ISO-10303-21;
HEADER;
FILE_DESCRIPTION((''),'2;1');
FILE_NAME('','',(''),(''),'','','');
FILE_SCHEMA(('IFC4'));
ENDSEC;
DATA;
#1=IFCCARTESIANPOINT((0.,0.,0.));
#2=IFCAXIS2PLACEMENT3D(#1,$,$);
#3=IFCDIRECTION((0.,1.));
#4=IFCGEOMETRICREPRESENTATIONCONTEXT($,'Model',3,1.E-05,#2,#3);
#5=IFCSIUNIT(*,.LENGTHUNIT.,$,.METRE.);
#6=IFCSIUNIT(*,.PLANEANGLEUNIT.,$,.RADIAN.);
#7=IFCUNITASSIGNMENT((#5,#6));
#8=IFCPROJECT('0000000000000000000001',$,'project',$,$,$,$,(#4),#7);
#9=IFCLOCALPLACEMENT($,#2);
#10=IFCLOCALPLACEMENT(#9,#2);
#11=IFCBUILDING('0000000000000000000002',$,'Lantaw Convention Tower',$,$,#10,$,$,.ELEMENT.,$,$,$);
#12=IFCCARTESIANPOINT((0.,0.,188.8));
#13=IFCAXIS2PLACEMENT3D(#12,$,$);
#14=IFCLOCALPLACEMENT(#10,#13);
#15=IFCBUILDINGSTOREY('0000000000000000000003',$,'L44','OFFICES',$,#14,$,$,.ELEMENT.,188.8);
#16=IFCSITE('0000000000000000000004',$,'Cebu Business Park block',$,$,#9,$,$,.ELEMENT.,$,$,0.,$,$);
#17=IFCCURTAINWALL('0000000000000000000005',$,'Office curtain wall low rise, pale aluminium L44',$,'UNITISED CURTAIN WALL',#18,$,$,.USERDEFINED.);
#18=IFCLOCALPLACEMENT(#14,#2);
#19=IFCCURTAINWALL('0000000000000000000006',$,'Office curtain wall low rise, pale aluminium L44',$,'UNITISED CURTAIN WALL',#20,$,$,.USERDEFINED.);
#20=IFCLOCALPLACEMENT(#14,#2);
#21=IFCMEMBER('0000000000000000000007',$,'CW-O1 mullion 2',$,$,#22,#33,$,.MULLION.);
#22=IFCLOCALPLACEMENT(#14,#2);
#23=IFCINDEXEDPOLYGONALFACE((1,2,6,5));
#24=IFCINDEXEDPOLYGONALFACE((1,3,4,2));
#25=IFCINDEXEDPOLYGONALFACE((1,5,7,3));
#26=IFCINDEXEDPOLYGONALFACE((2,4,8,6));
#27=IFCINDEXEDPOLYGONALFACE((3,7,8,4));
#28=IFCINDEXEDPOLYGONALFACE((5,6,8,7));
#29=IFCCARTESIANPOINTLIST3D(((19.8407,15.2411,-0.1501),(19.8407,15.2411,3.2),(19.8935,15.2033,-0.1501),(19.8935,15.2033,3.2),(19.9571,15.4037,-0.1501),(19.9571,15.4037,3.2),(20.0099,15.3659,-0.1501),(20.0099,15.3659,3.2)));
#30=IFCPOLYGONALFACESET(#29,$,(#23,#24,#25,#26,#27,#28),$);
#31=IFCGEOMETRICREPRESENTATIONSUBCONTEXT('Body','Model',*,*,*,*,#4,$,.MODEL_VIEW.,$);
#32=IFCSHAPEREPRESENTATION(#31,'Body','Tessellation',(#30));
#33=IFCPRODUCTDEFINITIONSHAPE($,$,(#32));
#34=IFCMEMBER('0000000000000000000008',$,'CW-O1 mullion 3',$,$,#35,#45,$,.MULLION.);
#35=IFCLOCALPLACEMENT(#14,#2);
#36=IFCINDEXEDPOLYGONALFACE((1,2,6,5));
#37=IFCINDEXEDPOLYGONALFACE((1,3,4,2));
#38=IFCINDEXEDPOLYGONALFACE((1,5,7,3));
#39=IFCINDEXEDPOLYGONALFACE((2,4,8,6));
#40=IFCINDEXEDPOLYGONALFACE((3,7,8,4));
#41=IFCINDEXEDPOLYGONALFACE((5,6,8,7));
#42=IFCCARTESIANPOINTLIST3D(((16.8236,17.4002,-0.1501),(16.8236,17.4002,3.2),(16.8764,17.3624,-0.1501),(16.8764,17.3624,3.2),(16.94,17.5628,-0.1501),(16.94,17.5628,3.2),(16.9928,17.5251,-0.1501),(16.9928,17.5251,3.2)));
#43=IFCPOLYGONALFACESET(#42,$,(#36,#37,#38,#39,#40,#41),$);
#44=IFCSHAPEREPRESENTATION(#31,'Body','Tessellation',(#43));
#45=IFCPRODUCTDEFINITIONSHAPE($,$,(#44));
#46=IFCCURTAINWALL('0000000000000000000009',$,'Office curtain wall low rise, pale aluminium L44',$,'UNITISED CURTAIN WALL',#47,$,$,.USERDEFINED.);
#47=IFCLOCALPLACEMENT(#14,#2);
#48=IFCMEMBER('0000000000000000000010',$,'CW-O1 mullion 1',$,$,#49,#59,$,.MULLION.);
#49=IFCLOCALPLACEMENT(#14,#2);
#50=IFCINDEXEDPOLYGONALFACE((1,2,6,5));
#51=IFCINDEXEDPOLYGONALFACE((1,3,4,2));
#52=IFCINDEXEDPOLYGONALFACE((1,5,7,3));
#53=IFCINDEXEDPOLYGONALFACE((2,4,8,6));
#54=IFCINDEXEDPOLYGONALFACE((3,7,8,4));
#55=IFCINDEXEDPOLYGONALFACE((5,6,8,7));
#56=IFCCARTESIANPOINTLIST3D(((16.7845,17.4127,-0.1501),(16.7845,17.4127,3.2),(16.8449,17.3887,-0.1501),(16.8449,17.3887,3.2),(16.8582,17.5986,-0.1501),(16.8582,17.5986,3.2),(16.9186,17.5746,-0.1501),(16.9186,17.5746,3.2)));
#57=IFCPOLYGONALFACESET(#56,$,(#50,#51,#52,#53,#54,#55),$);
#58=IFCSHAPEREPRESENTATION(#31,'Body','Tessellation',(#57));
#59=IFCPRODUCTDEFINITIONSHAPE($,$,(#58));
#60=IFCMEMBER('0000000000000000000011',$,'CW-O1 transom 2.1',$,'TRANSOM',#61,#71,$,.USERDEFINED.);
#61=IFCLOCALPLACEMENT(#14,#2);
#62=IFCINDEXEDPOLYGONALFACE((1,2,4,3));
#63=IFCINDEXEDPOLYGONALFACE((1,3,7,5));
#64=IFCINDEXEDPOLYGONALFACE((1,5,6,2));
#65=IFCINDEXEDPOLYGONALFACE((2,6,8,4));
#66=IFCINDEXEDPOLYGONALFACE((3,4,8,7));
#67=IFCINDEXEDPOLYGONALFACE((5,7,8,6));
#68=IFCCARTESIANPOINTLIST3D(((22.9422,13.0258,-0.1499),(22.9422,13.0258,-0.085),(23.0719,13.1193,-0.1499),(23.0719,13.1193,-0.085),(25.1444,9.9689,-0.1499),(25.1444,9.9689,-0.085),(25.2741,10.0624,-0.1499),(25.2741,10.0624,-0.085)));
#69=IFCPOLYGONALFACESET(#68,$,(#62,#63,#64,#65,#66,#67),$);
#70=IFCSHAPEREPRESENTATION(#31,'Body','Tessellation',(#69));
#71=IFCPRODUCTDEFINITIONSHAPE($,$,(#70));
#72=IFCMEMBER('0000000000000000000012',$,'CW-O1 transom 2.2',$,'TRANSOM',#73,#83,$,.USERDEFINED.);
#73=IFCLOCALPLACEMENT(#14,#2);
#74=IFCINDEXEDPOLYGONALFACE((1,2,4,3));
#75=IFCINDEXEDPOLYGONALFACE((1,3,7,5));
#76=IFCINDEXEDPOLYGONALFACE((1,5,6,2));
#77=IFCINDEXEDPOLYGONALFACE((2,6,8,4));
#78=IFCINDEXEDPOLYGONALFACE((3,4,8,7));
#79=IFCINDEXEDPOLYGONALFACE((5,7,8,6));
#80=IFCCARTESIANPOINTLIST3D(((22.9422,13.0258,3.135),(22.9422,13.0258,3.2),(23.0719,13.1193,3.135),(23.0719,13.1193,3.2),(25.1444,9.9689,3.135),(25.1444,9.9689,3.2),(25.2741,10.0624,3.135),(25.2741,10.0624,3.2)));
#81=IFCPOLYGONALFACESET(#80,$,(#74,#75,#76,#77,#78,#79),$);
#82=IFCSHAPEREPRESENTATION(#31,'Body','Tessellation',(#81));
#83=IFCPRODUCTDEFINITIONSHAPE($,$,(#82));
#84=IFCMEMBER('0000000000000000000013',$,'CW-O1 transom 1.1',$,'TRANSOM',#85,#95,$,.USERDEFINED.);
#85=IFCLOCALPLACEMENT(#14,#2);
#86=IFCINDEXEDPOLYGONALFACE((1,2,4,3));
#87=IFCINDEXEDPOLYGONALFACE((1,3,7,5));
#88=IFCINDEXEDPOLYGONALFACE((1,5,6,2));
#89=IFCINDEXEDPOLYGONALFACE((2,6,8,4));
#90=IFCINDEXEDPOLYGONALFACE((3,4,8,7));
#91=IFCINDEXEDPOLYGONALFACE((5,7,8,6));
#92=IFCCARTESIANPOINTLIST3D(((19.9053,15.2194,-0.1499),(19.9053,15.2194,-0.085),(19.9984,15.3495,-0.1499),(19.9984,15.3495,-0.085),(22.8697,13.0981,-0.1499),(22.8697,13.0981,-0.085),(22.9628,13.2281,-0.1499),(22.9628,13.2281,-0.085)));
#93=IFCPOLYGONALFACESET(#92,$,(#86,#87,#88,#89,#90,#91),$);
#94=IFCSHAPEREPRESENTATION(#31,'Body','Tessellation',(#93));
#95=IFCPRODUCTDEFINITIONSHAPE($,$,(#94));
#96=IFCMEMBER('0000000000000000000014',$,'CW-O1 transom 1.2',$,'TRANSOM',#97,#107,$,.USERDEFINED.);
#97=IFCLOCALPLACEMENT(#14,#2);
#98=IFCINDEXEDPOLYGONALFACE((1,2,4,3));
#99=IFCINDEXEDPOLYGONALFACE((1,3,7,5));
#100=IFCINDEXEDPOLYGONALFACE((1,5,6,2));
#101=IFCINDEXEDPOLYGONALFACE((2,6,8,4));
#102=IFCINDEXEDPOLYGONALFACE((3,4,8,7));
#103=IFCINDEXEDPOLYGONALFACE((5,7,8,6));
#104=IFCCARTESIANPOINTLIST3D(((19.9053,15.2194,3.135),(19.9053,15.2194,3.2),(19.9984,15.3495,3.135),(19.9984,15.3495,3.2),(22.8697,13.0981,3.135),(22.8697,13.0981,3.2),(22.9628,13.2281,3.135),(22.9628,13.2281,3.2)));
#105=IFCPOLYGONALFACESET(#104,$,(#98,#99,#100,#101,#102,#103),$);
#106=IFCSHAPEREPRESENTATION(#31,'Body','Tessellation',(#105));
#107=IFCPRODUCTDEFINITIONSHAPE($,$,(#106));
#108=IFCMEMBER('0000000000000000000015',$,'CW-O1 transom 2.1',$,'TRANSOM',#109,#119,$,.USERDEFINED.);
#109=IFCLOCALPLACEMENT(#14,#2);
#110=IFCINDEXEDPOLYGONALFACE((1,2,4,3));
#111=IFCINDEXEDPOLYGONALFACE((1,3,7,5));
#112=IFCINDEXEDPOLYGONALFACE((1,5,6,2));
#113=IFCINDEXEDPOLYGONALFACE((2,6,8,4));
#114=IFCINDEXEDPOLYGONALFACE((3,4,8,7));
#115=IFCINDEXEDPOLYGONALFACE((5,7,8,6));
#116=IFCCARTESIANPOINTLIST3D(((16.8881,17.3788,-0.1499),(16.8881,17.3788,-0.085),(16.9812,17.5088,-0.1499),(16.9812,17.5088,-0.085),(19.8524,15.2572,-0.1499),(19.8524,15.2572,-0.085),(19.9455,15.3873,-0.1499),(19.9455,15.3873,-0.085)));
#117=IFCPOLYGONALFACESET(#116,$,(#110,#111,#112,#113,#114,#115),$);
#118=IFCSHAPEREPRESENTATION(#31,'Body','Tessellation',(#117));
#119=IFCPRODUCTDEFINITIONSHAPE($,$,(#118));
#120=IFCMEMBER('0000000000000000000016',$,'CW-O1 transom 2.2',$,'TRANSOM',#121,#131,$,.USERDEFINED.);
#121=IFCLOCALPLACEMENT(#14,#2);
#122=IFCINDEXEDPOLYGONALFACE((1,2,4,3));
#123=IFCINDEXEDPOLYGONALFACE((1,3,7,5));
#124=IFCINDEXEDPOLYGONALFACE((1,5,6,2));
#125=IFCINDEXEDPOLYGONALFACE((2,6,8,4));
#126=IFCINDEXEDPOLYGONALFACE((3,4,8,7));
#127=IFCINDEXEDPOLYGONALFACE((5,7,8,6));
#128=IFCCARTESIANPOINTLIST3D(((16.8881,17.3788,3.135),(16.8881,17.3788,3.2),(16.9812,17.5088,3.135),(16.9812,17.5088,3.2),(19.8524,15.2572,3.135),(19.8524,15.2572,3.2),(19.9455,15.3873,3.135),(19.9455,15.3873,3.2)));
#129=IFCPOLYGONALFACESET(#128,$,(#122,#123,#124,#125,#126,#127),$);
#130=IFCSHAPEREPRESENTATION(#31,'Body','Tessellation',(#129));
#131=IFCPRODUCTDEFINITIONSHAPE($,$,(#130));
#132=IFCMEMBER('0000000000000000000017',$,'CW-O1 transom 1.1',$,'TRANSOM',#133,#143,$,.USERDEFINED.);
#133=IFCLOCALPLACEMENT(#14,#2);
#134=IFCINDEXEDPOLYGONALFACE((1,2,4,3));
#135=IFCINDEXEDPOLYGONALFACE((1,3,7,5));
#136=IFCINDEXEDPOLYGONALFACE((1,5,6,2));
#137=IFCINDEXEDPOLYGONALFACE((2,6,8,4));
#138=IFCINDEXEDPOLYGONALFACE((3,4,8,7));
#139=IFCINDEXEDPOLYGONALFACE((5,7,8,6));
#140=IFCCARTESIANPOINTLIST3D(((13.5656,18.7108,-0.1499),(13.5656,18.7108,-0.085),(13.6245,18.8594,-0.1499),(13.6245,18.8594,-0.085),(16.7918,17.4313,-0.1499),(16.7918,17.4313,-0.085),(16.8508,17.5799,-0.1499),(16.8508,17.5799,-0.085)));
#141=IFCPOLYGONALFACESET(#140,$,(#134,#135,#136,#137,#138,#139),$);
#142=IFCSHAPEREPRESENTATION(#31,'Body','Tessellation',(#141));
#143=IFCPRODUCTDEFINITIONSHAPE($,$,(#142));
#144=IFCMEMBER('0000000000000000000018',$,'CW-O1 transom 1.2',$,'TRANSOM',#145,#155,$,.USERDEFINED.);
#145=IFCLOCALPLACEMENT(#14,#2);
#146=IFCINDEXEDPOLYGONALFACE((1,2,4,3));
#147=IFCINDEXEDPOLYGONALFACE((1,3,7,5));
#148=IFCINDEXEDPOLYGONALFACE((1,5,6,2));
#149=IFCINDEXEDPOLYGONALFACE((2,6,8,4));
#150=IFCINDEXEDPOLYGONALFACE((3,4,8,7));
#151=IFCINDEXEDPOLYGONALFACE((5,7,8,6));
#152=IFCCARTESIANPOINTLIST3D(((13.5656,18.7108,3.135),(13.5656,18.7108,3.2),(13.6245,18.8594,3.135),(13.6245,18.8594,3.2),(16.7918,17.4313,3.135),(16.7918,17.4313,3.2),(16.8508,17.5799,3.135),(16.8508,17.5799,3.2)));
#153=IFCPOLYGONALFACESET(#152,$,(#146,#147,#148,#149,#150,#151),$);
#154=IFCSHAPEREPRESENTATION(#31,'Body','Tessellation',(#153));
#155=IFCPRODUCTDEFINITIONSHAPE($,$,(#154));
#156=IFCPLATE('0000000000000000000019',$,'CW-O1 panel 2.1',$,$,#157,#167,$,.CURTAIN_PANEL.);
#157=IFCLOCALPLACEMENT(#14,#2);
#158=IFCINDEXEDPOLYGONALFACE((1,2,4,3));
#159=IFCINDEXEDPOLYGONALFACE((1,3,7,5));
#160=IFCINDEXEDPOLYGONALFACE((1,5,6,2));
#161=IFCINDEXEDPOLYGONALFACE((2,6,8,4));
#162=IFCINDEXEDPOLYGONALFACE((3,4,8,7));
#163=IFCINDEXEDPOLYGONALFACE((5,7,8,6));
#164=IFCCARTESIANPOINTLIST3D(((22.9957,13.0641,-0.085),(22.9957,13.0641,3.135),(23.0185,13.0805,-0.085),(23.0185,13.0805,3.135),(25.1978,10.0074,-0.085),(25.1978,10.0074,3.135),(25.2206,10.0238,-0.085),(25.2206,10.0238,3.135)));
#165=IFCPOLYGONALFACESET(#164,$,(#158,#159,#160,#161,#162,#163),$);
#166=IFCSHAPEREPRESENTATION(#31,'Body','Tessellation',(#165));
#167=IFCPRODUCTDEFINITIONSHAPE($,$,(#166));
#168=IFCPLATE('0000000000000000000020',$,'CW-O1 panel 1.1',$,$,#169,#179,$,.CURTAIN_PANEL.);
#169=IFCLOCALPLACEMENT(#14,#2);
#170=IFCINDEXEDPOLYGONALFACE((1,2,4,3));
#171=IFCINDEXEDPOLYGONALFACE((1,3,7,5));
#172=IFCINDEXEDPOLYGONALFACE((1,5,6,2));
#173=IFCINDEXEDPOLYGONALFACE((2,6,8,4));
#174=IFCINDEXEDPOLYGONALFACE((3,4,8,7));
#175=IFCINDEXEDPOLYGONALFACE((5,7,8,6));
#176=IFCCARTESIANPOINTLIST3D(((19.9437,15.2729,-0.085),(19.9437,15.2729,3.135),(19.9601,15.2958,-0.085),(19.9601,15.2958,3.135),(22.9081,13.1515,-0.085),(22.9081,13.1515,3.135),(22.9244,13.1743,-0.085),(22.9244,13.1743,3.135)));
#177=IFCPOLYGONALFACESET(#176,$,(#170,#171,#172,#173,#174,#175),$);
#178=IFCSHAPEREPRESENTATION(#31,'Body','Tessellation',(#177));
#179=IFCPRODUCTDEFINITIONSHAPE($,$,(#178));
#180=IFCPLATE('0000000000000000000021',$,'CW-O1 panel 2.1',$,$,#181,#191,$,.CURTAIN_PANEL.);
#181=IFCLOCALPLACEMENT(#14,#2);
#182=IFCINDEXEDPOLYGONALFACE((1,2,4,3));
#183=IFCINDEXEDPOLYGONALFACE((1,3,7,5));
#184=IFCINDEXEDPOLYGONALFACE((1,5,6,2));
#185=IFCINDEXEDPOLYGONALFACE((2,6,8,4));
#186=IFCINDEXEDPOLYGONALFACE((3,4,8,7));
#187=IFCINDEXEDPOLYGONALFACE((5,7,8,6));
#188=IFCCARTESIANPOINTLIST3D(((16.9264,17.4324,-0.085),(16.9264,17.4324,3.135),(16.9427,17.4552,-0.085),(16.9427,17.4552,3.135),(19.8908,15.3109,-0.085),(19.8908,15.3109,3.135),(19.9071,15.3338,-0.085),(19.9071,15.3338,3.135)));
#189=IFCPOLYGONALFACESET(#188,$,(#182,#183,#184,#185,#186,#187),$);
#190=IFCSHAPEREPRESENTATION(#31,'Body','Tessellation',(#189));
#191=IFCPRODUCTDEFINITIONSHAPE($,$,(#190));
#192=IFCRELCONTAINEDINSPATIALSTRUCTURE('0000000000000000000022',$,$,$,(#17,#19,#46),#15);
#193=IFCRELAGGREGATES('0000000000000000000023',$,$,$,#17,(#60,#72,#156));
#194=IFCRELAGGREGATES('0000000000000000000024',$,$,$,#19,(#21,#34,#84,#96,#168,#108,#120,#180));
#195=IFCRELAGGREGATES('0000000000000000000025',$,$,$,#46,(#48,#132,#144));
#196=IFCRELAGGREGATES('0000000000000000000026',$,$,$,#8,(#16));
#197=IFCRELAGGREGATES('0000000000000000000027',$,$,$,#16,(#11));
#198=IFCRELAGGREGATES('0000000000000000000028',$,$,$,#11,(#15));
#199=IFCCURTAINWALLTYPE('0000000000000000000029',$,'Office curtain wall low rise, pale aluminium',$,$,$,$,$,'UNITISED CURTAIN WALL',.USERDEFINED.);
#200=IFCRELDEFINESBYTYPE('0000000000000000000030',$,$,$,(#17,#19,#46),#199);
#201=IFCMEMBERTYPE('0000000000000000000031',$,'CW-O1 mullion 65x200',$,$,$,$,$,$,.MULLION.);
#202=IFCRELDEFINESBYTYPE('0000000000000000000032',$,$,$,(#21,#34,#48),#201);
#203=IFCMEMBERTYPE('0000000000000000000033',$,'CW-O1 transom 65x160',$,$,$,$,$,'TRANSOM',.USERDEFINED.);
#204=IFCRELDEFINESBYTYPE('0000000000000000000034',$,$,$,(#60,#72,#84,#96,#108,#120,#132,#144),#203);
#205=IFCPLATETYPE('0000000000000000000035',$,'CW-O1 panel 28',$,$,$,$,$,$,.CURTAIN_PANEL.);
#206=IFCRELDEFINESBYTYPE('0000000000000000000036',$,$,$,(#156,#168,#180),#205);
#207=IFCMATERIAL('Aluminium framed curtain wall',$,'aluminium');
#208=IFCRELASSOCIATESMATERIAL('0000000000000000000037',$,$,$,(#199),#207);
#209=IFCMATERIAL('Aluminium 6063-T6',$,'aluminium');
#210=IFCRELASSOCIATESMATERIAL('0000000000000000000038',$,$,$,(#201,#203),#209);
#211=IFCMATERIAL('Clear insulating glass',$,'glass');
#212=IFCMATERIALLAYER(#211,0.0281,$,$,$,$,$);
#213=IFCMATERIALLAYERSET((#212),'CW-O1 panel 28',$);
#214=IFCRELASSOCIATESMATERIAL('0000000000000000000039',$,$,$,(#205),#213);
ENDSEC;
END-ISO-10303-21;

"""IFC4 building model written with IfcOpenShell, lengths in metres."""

from ifc_helpers import new_model, si_unit, direction, frame, origin, origin_2d, place, context, subcontext, project, spatial, rectangle, extrude, material, layer, layer_set, material_profile, profile_set, type_object, element, aggregate, save


model = new_model("IFC4")

# Units and contexts
model_context = context("Model", 3, precision=1e-05, world=origin(), true_north=direction((0.0, 1.0)))
body_context = subcontext(model_context, "Body", "Model", "MODEL_VIEW")
ifc_project = project(units=[si_unit("LENGTHUNIT", "METRE"), si_unit("PLANEANGLEUNIT", "RADIAN")], contexts=[model_context])

# Site, building, storey
site_placement = place(None, origin())
site = spatial("IfcSite", under=ifc_project, at=site_placement, Name="Cebu Business Park block", CompositionType="ELEMENT", RefElevation=0.0)
building_placement = place(site_placement, origin())
building = spatial("IfcBuilding", under=site, at=building_placement, Name="Lantaw Convention Tower", CompositionType="ELEMENT")
storey_placement = place(building_placement, frame((0.0, 0.0, 188.8)))
storey = spatial("IfcBuildingStorey", under=building, at=storey_placement, Name="L44", Description="OFFICES", CompositionType="ELEMENT", Elevation=188.8)

# Curtain walls, members
ifc_material_1 = material(Name="Aluminium framed curtain wall", Category="aluminium")
curtain_wall_type = type_object("IfcCurtainWallType", Name="Office curtain wall low rise, pale aluminium", ElementType="UNITISED CURTAIN WALL", PredefinedType="USERDEFINED", material=ifc_material_1)
curtain_wall_1_placement = place(storey_placement, origin())
curtain_wall_1 = element("IfcCurtainWall", 1, at=curtain_wall_1_placement, inside=storey, type_object=curtain_wall_type, Name="Office curtain wall low rise, pale aluminium L44", ObjectType="UNITISED CURTAIN WALL", PredefinedType="USERDEFINED")
ifc_material_2 = material(Name="Aluminium 6063-T6", Category="aluminium")
ifc_material_profile_1 = material_profile(ifc_material_2, rectangle(XDim=0.2, YDim=0.0649, at=origin_2d()), Name="CW-O1 mullion 65x200")
ifc_profile_set_1 = profile_set([ifc_material_profile_1], Name="Aluminium 6063-T6")
member_type_1 = type_object("IfcMemberType", Name="CW-O1 mullion 65x200", PredefinedType="MULLION", material=ifc_profile_set_1)
curtain_wall_2_placement = place(storey_placement, origin())
curtain_wall_2 = element("IfcCurtainWall", 2, at=curtain_wall_2_placement, inside=storey, type_object=curtain_wall_type, Name="Office curtain wall low rise, pale aluminium L44", ObjectType="UNITISED CURTAIN WALL", PredefinedType="USERDEFINED")
member_1_placement = place(storey_placement, frame((19.9253, 15.3035, -0.1501), z_axis=(0.0, 0.0, 1.0), x_axis=(-0.581973, -0.813208, 0.0)))
member_1 = element("IfcMember", 3, at=member_1_placement, type_object=member_type_1, Name="CW-O1 mullion 2", PredefinedType="MULLION", context=body_context, shape_type="SweptSolid", body=[
    extrude(rectangle(XDim=0.2, YDim=0.0649, at=origin_2d()), origin(), (0.0, 0.0, 1.0), 3.3501),
])
member_2_placement = place(storey_placement, frame((16.9082, 17.4626, -0.1501), z_axis=(0.0, 0.0, 1.0), x_axis=(-0.581973, -0.813208, 0.0)))
member_2 = element("IfcMember", 4, at=member_2_placement, type_object=member_type_1, Name="CW-O1 mullion 3", PredefinedType="MULLION", context=body_context, shape_type="SweptSolid", body=[
    extrude(rectangle(XDim=0.2, YDim=0.0649, at=origin_2d()), origin(), (0.0, 0.0, 1.0), 3.3501),
])

# Curtain wall, member
curtain_wall_3_placement = place(storey_placement, origin())
curtain_wall_3 = element("IfcCurtainWall", 5, at=curtain_wall_3_placement, inside=storey, type_object=curtain_wall_type, Name="Office curtain wall low rise, pale aluminium L44", ObjectType="UNITISED CURTAIN WALL", PredefinedType="USERDEFINED")
member_3_placement = place(storey_placement, frame((16.8516, 17.4937, -0.1501), z_axis=(0.0, 0.0, 1.0), x_axis=(-0.368702, -0.929548, 0.0)))
member_3 = element("IfcMember", 6, at=member_3_placement, type_object=member_type_1, Name="CW-O1 mullion 1", PredefinedType="MULLION", context=body_context, shape_type="SweptSolid", body=[
    extrude(rectangle(XDim=0.2, YDim=0.0649, at=origin_2d()), origin(), (0.0, 0.0, 1.0), 3.3501),
])

# Members
ifc_material_profile_2 = material_profile(ifc_material_2, rectangle(XDim=0.1599, YDim=0.0649, at=origin_2d()), Name="CW-O1 transom 65x160")
ifc_profile_set_2 = profile_set([ifc_material_profile_2], Name="Aluminium 6063-T6")
member_type_2 = type_object("IfcMemberType", Name="CW-O1 transom 65x160", ElementType="TRANSOM", PredefinedType="USERDEFINED", material=ifc_profile_set_2)
member_4_placement = place(storey_placement, frame((25.2092, 10.0156, -0.1174), z_axis=(-0.584513, 0.811384, 0.0), x_axis=(-0.811384, -0.584513, 0.0)))
member_4 = element("IfcMember", 7, at=member_4_placement, type_object=member_type_2, Name="CW-O1 transom 2.1", ObjectType="TRANSOM", PredefinedType="USERDEFINED", context=body_context, shape_type="SweptSolid", body=[
    extrude(rectangle(XDim=0.1599, YDim=0.0649, at=origin_2d()), origin(), (0.0, 0.0, 1.0), 3.7676),
])
member_5_placement = place(storey_placement, frame((25.2092, 10.0156, 3.1675), z_axis=(-0.584513, 0.811384, 0.0), x_axis=(-0.811384, -0.584513, 0.0)))
member_5 = element("IfcMember", 8, at=member_5_placement, type_object=member_type_2, Name="CW-O1 transom 2.2", ObjectType="TRANSOM", PredefinedType="USERDEFINED", context=body_context, shape_type="SweptSolid", body=[
    extrude(rectangle(XDim=0.1599, YDim=0.0649, at=origin_2d()), origin(), (0.0, 0.0, 1.0), 3.7676),
])
member_6_placement = place(storey_placement, frame((22.9163, 13.1631, -0.1174), z_axis=(-0.813222, 0.581954, 0.0), x_axis=(-0.581954, -0.813222, 0.0)))
member_6 = element("IfcMember", 9, at=member_6_placement, type_object=member_type_2, Name="CW-O1 transom 1.1", ObjectType="TRANSOM", PredefinedType="USERDEFINED", context=body_context, shape_type="SweptSolid", body=[
    extrude(rectangle(XDim=0.1599, YDim=0.0649, at=origin_2d()), origin(), (0.0, 0.0, 1.0), 3.6453),
])
member_7_placement = place(storey_placement, frame((22.9163, 13.1631, 3.1675), z_axis=(-0.813222, 0.581954, 0.0), x_axis=(-0.581954, -0.813222, 0.0)))
member_7 = element("IfcMember", 10, at=member_7_placement, type_object=member_type_2, Name="CW-O1 transom 1.2", ObjectType="TRANSOM", PredefinedType="USERDEFINED", context=body_context, shape_type="SweptSolid", body=[
    extrude(rectangle(XDim=0.1599, YDim=0.0649, at=origin_2d()), origin(), (0.0, 0.0, 1.0), 3.6453),
])
member_8_placement = place(storey_placement, frame((19.8989, 15.3223, -0.1174), z_axis=(-0.81319, 0.581998, 0.0), x_axis=(-0.581998, -0.81319, 0.0)))
member_8 = element("IfcMember", 11, at=member_8_placement, type_object=member_type_2, Name="CW-O1 transom 2.1", ObjectType="TRANSOM", PredefinedType="USERDEFINED", context=body_context, shape_type="SweptSolid", body=[
    extrude(rectangle(XDim=0.1599, YDim=0.0649, at=origin_2d()), origin(), (0.0, 0.0, 1.0), 3.6453),
])
member_9_placement = place(storey_placement, frame((19.8989, 15.3223, 3.1675), z_axis=(-0.81319, 0.581998, 0.0), x_axis=(-0.581998, -0.81319, 0.0)))
member_9 = element("IfcMember", 12, at=member_9_placement, type_object=member_type_2, Name="CW-O1 transom 2.2", ObjectType="TRANSOM", PredefinedType="USERDEFINED", context=body_context, shape_type="SweptSolid", body=[
    extrude(rectangle(XDim=0.1599, YDim=0.0649, at=origin_2d()), origin(), (0.0, 0.0, 1.0), 3.6453),
])
member_10_placement = place(storey_placement, frame((16.8213, 17.5056, -0.1174), z_axis=(-0.929564, 0.36866, 0.0), x_axis=(-0.36866, -0.929564, 0.0)))
member_10 = element("IfcMember", 13, at=member_10_placement, type_object=member_type_2, Name="CW-O1 transom 1.1", ObjectType="TRANSOM", PredefinedType="USERDEFINED", context=body_context, shape_type="SweptSolid", body=[
    extrude(rectangle(XDim=0.1599, YDim=0.0649, at=origin_2d()), origin(), (0.0, 0.0, 1.0), 3.4707),
])
member_11_placement = place(storey_placement, frame((16.8213, 17.5056, 3.1675), z_axis=(-0.929564, 0.36866, 0.0), x_axis=(-0.36866, -0.929564, 0.0)))
member_11 = element("IfcMember", 14, at=member_11_placement, type_object=member_type_2, Name="CW-O1 transom 1.2", ObjectType="TRANSOM", PredefinedType="USERDEFINED", context=body_context, shape_type="SweptSolid", body=[
    extrude(rectangle(XDim=0.1599, YDim=0.0649, at=origin_2d()), origin(), (0.0, 0.0, 1.0), 3.4707),
])

# Plates
ifc_material_3 = material(Name="Clear insulating glass", Category="glass")
ifc_layer_1 = layer(ifc_material_3, 0.0281)
ifc_layer_set_1 = layer_set([ifc_layer_1], Name="CW-O1 panel 28")
plate_type_1 = type_object("IfcPlateType", Name="CW-O1 panel 28", PredefinedType="CURTAIN_PANEL", material=ifc_layer_set_1)
plate_1_placement = place(storey_placement, frame((24.1082, 11.5439, -0.085), z_axis=(0.0, 0.0, 1.0), x_axis=(-0.584513, 0.811385, 0.0)))
plate_1 = element("IfcPlate", 15, at=plate_1_placement, type_object=plate_type_1, Name="CW-O1 panel 2.1", PredefinedType="CURTAIN_PANEL", context=body_context, shape_type="SweptSolid", body=[
    extrude(rectangle(XDim=3.7673, YDim=0.0281, at=origin_2d()), origin(), (0.0, 0.0, 1.0), 3.22),
])
aggregate(curtain_wall_1, [member_4, member_5, plate_1])
plate_2_placement = place(storey_placement, frame((21.4341, 14.2236, -0.085), z_axis=(0.0, 0.0, 1.0), x_axis=(-0.813208, 0.581973, 0.0)))
plate_2 = element("IfcPlate", 16, at=plate_2_placement, type_object=plate_type_1, Name="CW-O1 panel 1.1", PredefinedType="CURTAIN_PANEL", context=body_context, shape_type="SweptSolid", body=[
    extrude(rectangle(XDim=3.6453, YDim=0.0281, at=origin_2d()), origin(), (0.0, 0.0, 1.0), 3.22),
])
plate_3_placement = place(storey_placement, frame((18.4167, 16.3831, -0.085), z_axis=(0.0, 0.0, 1.0), x_axis=(-0.813208, 0.581973, 0.0)))
plate_3 = element("IfcPlate", 17, at=plate_3_placement, type_object=plate_type_1, Name="CW-O1 panel 2.1", PredefinedType="CURTAIN_PANEL", context=body_context, shape_type="SweptSolid", body=[
    extrude(rectangle(XDim=3.6453, YDim=0.0281, at=origin_2d()), origin(), (0.0, 0.0, 1.0), 3.22),
])
aggregate(curtain_wall_2, [member_1, member_2, member_6, member_7, plate_2, member_8, member_9, plate_3])
aggregate(curtain_wall_3, [member_3, member_10, member_11])

save(model, "model.ifc")
